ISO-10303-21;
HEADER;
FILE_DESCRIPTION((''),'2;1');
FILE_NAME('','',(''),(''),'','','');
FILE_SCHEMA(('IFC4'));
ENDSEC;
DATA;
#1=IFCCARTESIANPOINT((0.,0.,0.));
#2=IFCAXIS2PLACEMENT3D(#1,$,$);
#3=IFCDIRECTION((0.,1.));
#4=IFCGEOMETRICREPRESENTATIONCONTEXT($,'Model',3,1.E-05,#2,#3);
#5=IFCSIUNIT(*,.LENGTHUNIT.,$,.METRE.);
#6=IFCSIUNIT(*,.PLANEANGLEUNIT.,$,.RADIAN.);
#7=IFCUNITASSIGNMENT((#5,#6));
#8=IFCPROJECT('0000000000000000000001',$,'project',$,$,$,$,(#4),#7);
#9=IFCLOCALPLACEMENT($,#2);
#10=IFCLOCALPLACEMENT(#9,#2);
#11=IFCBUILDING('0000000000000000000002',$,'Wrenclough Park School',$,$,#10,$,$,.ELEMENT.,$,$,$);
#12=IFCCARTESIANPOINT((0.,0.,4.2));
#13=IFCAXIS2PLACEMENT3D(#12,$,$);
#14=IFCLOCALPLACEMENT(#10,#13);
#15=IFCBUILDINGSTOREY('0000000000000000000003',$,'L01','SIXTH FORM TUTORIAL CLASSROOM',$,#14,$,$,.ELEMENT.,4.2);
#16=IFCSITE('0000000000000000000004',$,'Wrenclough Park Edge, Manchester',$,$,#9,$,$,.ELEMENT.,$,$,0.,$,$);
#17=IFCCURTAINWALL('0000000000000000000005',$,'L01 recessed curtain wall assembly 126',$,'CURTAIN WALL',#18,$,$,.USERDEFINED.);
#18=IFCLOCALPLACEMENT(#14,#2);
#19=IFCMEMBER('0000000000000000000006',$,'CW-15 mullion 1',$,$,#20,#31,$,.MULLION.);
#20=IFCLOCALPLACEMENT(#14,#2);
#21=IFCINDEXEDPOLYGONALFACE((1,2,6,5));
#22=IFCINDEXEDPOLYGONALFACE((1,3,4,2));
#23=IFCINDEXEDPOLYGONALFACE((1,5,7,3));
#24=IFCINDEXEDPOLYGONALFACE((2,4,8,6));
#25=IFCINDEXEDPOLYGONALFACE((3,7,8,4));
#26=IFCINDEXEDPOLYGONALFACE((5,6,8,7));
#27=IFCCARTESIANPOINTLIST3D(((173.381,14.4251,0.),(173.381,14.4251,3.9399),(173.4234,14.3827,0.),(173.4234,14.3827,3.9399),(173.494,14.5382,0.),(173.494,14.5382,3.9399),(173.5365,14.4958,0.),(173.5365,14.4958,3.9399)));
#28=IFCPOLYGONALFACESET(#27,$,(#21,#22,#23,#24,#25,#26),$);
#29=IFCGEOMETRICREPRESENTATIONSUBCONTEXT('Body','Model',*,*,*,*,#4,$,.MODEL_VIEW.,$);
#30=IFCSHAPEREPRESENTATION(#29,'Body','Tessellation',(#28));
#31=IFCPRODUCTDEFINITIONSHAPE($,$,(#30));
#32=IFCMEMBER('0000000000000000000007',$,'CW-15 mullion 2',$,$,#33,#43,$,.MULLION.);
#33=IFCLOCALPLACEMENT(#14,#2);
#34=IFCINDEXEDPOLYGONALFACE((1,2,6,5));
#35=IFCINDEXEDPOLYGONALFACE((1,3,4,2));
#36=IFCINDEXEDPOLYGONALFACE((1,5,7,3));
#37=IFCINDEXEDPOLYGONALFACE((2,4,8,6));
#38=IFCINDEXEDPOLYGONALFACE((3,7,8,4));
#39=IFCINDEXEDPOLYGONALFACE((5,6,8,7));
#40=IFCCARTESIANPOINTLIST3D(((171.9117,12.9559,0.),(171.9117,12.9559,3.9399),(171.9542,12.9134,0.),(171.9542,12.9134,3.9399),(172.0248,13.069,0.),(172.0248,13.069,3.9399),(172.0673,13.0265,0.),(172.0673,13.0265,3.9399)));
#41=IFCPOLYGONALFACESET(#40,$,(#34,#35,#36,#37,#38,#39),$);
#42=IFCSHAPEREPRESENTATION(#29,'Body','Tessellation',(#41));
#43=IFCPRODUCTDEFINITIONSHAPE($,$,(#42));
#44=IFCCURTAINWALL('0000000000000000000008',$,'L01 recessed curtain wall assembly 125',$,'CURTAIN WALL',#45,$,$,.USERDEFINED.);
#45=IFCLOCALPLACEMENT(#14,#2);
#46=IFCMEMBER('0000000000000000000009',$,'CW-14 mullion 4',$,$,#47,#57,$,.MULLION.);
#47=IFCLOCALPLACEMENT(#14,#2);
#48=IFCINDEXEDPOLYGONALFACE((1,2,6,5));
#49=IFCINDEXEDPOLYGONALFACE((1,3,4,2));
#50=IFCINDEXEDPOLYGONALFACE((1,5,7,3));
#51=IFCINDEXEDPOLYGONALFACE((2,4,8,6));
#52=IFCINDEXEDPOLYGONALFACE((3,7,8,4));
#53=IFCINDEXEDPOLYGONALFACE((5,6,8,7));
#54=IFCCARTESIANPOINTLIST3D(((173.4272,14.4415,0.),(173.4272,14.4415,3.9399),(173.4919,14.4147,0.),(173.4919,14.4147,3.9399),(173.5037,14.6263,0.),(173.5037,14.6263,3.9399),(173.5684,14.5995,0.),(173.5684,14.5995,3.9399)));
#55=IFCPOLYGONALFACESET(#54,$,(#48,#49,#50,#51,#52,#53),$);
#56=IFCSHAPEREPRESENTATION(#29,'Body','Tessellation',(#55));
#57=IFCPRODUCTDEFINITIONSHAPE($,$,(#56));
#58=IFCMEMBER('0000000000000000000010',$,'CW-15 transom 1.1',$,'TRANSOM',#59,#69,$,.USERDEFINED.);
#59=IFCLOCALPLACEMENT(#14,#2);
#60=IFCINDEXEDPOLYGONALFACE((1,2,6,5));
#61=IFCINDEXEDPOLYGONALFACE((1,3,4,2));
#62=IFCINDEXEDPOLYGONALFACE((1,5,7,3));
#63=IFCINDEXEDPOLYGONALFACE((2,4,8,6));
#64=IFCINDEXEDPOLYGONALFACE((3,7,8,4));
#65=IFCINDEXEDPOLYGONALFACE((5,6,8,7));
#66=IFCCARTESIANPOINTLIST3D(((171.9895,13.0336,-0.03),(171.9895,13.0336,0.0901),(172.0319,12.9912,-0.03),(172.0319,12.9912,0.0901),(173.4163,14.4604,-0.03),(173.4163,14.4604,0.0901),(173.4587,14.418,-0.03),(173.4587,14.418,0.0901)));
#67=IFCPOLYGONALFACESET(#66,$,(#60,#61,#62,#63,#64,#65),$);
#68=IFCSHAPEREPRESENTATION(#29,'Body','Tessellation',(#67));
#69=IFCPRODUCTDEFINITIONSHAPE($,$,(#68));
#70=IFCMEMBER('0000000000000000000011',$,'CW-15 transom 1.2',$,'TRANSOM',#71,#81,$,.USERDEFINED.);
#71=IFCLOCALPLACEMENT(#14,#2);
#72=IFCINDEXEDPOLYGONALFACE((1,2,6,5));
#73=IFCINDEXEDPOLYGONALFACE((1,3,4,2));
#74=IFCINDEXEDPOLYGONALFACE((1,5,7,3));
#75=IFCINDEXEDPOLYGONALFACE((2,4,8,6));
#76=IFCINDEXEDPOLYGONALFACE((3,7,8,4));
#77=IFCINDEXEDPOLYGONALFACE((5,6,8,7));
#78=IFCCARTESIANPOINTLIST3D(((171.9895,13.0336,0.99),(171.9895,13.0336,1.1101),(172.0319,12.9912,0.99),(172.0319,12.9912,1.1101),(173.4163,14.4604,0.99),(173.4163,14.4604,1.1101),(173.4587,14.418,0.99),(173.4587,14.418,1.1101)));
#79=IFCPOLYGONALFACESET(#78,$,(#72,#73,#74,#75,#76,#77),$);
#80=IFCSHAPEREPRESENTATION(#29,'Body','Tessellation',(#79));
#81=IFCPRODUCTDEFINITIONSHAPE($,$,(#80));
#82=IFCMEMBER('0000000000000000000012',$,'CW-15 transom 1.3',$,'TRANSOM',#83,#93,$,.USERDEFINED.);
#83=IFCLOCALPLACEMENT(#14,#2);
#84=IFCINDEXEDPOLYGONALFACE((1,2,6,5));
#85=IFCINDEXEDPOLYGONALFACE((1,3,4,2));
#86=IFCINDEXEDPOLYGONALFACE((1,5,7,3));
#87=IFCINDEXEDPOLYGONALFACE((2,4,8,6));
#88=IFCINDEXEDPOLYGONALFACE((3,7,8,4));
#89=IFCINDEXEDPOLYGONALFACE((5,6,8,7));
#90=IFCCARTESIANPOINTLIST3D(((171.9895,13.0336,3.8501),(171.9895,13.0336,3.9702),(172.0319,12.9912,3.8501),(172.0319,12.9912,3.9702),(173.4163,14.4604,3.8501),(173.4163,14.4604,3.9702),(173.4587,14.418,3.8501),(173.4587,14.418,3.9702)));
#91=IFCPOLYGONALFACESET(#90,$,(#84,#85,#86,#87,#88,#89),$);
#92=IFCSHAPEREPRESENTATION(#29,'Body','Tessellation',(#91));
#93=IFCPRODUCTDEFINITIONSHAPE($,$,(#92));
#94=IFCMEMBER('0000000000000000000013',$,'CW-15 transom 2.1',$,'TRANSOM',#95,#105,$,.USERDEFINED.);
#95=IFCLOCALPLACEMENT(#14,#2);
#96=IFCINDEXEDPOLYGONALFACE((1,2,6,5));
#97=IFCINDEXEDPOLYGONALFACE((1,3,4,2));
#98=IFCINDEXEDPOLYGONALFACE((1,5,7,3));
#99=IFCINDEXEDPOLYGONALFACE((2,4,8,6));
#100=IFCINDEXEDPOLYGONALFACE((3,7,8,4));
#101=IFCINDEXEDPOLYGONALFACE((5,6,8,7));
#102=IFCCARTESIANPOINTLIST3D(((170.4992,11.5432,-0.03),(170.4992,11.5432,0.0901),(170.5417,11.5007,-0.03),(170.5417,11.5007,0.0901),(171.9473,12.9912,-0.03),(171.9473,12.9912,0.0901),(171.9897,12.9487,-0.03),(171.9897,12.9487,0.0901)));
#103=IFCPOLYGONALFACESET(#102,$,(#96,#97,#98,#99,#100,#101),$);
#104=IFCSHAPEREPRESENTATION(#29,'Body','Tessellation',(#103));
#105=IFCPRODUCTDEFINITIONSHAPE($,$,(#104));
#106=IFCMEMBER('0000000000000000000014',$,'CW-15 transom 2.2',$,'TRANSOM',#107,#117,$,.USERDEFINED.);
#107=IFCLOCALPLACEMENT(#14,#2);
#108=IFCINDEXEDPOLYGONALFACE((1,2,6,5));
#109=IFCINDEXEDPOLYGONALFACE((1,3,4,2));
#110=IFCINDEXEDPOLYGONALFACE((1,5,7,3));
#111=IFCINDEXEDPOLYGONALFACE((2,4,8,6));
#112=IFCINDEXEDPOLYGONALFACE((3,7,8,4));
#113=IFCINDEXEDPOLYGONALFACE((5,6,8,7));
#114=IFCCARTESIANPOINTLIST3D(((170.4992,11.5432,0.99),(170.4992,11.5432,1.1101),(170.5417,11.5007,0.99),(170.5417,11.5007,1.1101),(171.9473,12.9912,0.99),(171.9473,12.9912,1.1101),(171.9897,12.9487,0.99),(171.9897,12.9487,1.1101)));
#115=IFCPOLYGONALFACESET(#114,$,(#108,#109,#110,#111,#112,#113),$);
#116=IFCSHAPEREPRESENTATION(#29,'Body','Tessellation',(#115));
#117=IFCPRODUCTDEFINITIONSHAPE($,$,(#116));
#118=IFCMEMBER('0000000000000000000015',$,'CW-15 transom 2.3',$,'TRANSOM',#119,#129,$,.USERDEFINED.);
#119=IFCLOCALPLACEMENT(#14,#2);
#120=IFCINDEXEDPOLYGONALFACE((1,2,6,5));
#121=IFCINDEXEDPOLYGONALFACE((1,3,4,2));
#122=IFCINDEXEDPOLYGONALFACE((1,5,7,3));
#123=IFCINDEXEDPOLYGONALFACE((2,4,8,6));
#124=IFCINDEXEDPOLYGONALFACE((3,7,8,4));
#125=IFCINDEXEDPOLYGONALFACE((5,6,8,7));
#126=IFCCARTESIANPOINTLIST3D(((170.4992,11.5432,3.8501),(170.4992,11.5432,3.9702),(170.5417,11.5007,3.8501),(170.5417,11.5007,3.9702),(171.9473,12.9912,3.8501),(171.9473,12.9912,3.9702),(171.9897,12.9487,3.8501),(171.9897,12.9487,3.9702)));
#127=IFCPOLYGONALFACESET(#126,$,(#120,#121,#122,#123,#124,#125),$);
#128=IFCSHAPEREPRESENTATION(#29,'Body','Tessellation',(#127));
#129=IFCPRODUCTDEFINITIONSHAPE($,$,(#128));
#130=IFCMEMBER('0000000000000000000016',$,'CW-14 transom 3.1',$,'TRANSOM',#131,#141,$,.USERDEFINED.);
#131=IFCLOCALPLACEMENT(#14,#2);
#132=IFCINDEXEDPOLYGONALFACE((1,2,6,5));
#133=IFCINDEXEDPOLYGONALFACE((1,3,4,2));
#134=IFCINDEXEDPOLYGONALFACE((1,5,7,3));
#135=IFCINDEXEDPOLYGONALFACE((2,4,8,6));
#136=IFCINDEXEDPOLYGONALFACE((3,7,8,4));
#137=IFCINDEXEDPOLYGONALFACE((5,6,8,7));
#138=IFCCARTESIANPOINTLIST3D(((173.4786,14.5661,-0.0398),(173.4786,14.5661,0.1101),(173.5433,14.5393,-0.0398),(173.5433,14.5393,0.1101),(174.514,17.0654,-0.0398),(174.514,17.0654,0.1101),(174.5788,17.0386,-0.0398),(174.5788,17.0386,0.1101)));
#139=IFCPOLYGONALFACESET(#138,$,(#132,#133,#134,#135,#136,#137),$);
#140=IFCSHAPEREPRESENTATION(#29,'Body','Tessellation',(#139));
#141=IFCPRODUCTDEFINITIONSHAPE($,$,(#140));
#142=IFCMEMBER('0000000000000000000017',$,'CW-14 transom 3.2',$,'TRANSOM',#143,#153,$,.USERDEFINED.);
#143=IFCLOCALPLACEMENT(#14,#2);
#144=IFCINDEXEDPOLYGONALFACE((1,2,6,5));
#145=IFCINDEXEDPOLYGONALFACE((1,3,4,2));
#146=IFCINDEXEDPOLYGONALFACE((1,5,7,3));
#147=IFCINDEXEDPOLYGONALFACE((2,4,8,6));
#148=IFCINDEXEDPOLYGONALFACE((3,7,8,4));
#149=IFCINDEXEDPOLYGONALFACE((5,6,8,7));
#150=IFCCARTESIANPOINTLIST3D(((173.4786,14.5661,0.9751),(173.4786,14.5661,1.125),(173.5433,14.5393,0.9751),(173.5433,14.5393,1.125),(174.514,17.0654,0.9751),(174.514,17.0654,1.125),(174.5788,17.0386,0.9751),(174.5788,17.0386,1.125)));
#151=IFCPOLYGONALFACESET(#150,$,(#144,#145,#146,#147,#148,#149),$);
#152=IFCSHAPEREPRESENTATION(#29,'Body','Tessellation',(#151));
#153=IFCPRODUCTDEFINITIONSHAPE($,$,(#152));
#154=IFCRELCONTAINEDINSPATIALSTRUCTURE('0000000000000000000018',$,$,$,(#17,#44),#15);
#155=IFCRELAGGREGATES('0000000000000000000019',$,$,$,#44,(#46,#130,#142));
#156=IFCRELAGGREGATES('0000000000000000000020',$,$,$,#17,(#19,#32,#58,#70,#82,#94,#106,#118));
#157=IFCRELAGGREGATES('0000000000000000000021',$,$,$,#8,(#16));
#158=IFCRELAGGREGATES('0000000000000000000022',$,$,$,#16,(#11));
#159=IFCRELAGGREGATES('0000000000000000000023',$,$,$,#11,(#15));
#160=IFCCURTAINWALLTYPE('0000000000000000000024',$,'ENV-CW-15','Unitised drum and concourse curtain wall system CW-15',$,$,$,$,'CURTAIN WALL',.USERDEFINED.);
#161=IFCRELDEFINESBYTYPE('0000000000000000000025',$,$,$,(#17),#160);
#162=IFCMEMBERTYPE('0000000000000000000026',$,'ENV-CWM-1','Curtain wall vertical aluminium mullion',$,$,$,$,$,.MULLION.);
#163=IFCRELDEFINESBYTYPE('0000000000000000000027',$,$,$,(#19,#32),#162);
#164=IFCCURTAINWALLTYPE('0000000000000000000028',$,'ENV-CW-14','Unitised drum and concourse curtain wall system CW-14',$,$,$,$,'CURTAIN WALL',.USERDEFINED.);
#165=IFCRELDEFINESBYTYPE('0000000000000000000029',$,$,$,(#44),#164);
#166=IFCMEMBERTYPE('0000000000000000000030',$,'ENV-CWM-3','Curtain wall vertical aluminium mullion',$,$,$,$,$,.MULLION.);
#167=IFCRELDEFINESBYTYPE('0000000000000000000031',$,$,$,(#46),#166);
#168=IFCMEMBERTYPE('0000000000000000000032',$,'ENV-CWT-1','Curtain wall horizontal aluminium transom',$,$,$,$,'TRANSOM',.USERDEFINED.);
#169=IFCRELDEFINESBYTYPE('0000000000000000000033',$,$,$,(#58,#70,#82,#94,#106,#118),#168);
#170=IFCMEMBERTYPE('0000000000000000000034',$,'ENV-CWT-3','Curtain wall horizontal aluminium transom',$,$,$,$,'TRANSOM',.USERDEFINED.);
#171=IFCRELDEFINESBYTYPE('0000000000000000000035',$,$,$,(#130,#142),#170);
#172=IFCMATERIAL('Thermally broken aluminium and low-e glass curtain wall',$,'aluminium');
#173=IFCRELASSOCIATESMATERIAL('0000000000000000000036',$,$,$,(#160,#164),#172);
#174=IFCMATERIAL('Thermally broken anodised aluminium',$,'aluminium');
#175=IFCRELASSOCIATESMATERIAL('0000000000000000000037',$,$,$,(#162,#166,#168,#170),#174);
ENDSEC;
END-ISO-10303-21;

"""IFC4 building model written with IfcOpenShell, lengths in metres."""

from ifc_helpers import new_model, si_unit, direction, frame, origin, origin_2d, place, context, subcontext, project, spatial, rectangle, extrude, material, material_profile, profile_set, type_object, element, aggregate, save


model = new_model("IFC4")

# Units and contexts
model_context = context("Model", 3, precision=1e-05, world=origin(), true_north=direction((0.0, 1.0)))
body_context = subcontext(model_context, "Body", "Model", "MODEL_VIEW")
ifc_project = project(units=[si_unit("LENGTHUNIT", "METRE"), si_unit("PLANEANGLEUNIT", "RADIAN")], contexts=[model_context])

# Site, building, storey
site_placement = place(None, origin())
site = spatial("IfcSite", under=ifc_project, at=site_placement, Name="Wrenclough Park Edge, Manchester", CompositionType="ELEMENT", RefElevation=0.0)
building_placement = place(site_placement, origin())
building = spatial("IfcBuilding", under=site, at=building_placement, Name="Wrenclough Park School", CompositionType="ELEMENT")
storey_placement = place(building_placement, frame((0.0, 0.0, 4.2)))
storey = spatial("IfcBuildingStorey", under=building, at=storey_placement, Name="L01", Description="SIXTH FORM TUTORIAL CLASSROOM", CompositionType="ELEMENT", Elevation=4.2)

# Curtain wall, members
ifc_material_1 = material(Name="Thermally broken aluminium and low-e glass curtain wall", Category="aluminium")
curtain_wall_type_1 = type_object("IfcCurtainWallType", Name="ENV-CW-15", Description="Unitised drum and concourse curtain wall system CW-15", ElementType="CURTAIN WALL", PredefinedType="USERDEFINED", material=ifc_material_1)
curtain_wall_1_placement = place(storey_placement, origin())
curtain_wall_1 = element("IfcCurtainWall", 1, at=curtain_wall_1_placement, inside=storey, type_object=curtain_wall_type_1, Name="L01 recessed curtain wall assembly 126", ObjectType="CURTAIN WALL", PredefinedType="USERDEFINED")
ifc_material_2 = material(Name="Thermally broken anodised aluminium", Category="aluminium")
ifc_material_profile_1 = material_profile(ifc_material_2, rectangle(XDim=0.0601, YDim=0.1599, at=origin_2d()), Name="AL MULLION 60x160")
ifc_profile_set_1 = profile_set([ifc_material_profile_1], Name="Thermally broken anodised aluminium")
member_type_1 = type_object("IfcMemberType", Name="ENV-CWM-1", Description="Curtain wall vertical aluminium mullion", PredefinedType="MULLION", material=ifc_profile_set_1)
member_1_placement = place(storey_placement, frame((173.4587, 14.4604, 0.0), z_axis=(0.0, 0.0, 1.0), x_axis=(0.707107, -0.707107, 0.0)))
member_1 = element("IfcMember", 2, at=member_1_placement, type_object=member_type_1, Name="CW-15 mullion 1", PredefinedType="MULLION", context=body_context, shape_type="SweptSolid", body=[
    extrude(rectangle(XDim=0.0601, YDim=0.1599, at=origin_2d()), origin(), (0.0, 0.0, 1.0), 3.9399),
])
member_2_placement = place(storey_placement, frame((171.9895, 12.9912, 0.0), z_axis=(0.0, 0.0, 1.0), x_axis=(0.707107, -0.707107, 0.0)))
member_2 = element("IfcMember", 3, at=member_2_placement, type_object=member_type_1, Name="CW-15 mullion 2", PredefinedType="MULLION", context=body_context, shape_type="SweptSolid", body=[
    extrude(rectangle(XDim=0.0601, YDim=0.1599, at=origin_2d()), origin(), (0.0, 0.0, 1.0), 3.9399),
])

# Curtain wall, member
curtain_wall_type_2 = type_object("IfcCurtainWallType", Name="ENV-CW-14", Description="Unitised drum and concourse curtain wall system CW-14", ElementType="CURTAIN WALL", PredefinedType="USERDEFINED", material=ifc_material_1)
curtain_wall_2_placement = place(storey_placement, origin())
curtain_wall_2 = element("IfcCurtainWall", 4, at=curtain_wall_2_placement, inside=storey, type_object=curtain_wall_type_2, Name="L01 recessed curtain wall assembly 125", ObjectType="CURTAIN WALL", PredefinedType="USERDEFINED")
ifc_material_profile_2 = material_profile(ifc_material_2, rectangle(XDim=0.0701, YDim=0.2, at=origin_2d()), Name="AL MULLION 70x200")
ifc_profile_set_2 = profile_set([ifc_material_profile_2], Name="Thermally broken anodised aluminium")
member_type_2 = type_object("IfcMemberType", Name="ENV-CWM-3", Description="Curtain wall vertical aluminium mullion", PredefinedType="MULLION", material=ifc_profile_set_2)
member_3_placement = place(storey_placement, frame((173.4978, 14.5205, 0.0), z_axis=(0.0, 0.0, 1.0), x_axis=(0.923878, -0.382687, 0.0)))
member_3 = element("IfcMember", 5, at=member_3_placement, type_object=member_type_2, Name="CW-14 mullion 4", PredefinedType="MULLION", context=body_context, shape_type="SweptSolid", body=[
    extrude(rectangle(XDim=0.0701, YDim=0.2, at=origin_2d()), origin(), (0.0, 0.0, 1.0), 3.9399),
])

# Members
ifc_material_profile_3 = material_profile(ifc_material_2, rectangle(XDim=0.0601, YDim=0.1201, at=origin_2d()), Name="AL TRANSOM 60x120")
ifc_profile_set_3 = profile_set([ifc_material_profile_3], Name="Thermally broken anodised aluminium")
member_type_3 = type_object("IfcMemberType", Name="ENV-CWT-1", Description="Curtain wall horizontal aluminium transom", ElementType="TRANSOM", PredefinedType="USERDEFINED", material=ifc_profile_set_3)
member_4_placement = place(storey_placement, frame((173.4375, 14.4392, 0.03), z_axis=(-0.707107, -0.707107, 0.0), x_axis=(0.707107, -0.707107, 0.0)))
member_4 = element("IfcMember", 6, at=member_4_placement, type_object=member_type_3, Name="CW-15 transom 1.1", ObjectType="TRANSOM", PredefinedType="USERDEFINED", context=body_context, shape_type="SweptSolid", body=[
    extrude(rectangle(XDim=0.0601, YDim=0.1201, at=origin_2d()), origin(), (0.0, 0.0, 1.0), 2.0178),
])
member_5_placement = place(storey_placement, frame((173.4375, 14.4392, 1.05), z_axis=(-0.707107, -0.707107, 0.0), x_axis=(0.707107, -0.707107, 0.0)))
member_5 = element("IfcMember", 7, at=member_5_placement, type_object=member_type_3, Name="CW-15 transom 1.2", ObjectType="TRANSOM", PredefinedType="USERDEFINED", context=body_context, shape_type="SweptSolid", body=[
    extrude(rectangle(XDim=0.0601, YDim=0.1201, at=origin_2d()), origin(), (0.0, 0.0, 1.0), 2.0178),
])
member_6_placement = place(storey_placement, frame((173.4375, 14.4392, 3.9102), z_axis=(-0.707107, -0.707107, 0.0), x_axis=(0.707107, -0.707107, 0.0)))
member_6 = element("IfcMember", 8, at=member_6_placement, type_object=member_type_3, Name="CW-15 transom 1.3", ObjectType="TRANSOM", PredefinedType="USERDEFINED", context=body_context, shape_type="SweptSolid", body=[
    extrude(rectangle(XDim=0.0601, YDim=0.1201, at=origin_2d()), origin(), (0.0, 0.0, 1.0), 2.0178),
])
member_7_placement = place(storey_placement, frame((171.9685, 12.97, 0.03), z_axis=(-0.707107, -0.707107, 0.0), x_axis=(0.707107, -0.707107, 0.0)))
member_7 = element("IfcMember", 9, at=member_7_placement, type_object=member_type_3, Name="CW-15 transom 2.1", ObjectType="TRANSOM", PredefinedType="USERDEFINED", context=body_context, shape_type="SweptSolid", body=[
    extrude(rectangle(XDim=0.0601, YDim=0.1201, at=origin_2d()), origin(), (0.0, 0.0, 1.0), 2.0479),
])
member_8_placement = place(storey_placement, frame((171.9685, 12.97, 1.05), z_axis=(-0.707107, -0.707107, 0.0), x_axis=(0.707107, -0.707107, 0.0)))
member_8 = element("IfcMember", 10, at=member_8_placement, type_object=member_type_3, Name="CW-15 transom 2.2", ObjectType="TRANSOM", PredefinedType="USERDEFINED", context=body_context, shape_type="SweptSolid", body=[
    extrude(rectangle(XDim=0.0601, YDim=0.1201, at=origin_2d()), origin(), (0.0, 0.0, 1.0), 2.0479),
])
member_9_placement = place(storey_placement, frame((171.9685, 12.97, 3.9102), z_axis=(-0.707107, -0.707107, 0.0), x_axis=(0.707107, -0.707107, 0.0)))
member_9 = element("IfcMember", 11, at=member_9_placement, type_object=member_type_3, Name="CW-15 transom 2.3", ObjectType="TRANSOM", PredefinedType="USERDEFINED", context=body_context, shape_type="SweptSolid", body=[
    extrude(rectangle(XDim=0.0601, YDim=0.1201, at=origin_2d()), origin(), (0.0, 0.0, 1.0), 2.0479),
])
ifc_material_profile_4 = material_profile(ifc_material_2, rectangle(XDim=0.0701, YDim=0.1499, at=origin_2d()), Name="AL TRANSOM 70x150")
ifc_profile_set_4 = profile_set([ifc_material_profile_4], Name="Thermally broken anodised aluminium")
member_type_4 = type_object("IfcMemberType", Name="ENV-CWT-3", Description="Curtain wall horizontal aluminium transom", ElementType="TRANSOM", PredefinedType="USERDEFINED", material=ifc_profile_set_4)
member_10_placement = place(storey_placement, frame((174.5464, 17.052, 0.0352), z_axis=(-0.382737, -0.923857, 0.0), x_axis=(0.923857, -0.382737, 0.0)))
member_10 = element("IfcMember", 12, at=member_10_placement, type_object=member_type_4, Name="CW-14 transom 3.1", ObjectType="TRANSOM", PredefinedType="USERDEFINED", context=body_context, shape_type="SweptSolid", body=[
    extrude(rectangle(XDim=0.0701, YDim=0.1499, at=origin_2d()), origin(), (0.0, 0.0, 1.0), 2.7053),
])
member_11_placement = place(storey_placement, frame((174.5464, 17.052, 1.05), z_axis=(-0.382737, -0.923857, 0.0), x_axis=(0.923857, -0.382737, 0.0)))
member_11 = element("IfcMember", 13, at=member_11_placement, type_object=member_type_4, Name="CW-14 transom 3.2", ObjectType="TRANSOM", PredefinedType="USERDEFINED", context=body_context, shape_type="SweptSolid", body=[
    extrude(rectangle(XDim=0.0701, YDim=0.1499, at=origin_2d()), origin(), (0.0, 0.0, 1.0), 2.7053),
])

aggregate(curtain_wall_2, [member_3, member_10, member_11])
aggregate(curtain_wall_1, [member_1, member_2, member_4, member_5, member_6, member_7, member_8, member_9])

save(model, "model.ifc")
